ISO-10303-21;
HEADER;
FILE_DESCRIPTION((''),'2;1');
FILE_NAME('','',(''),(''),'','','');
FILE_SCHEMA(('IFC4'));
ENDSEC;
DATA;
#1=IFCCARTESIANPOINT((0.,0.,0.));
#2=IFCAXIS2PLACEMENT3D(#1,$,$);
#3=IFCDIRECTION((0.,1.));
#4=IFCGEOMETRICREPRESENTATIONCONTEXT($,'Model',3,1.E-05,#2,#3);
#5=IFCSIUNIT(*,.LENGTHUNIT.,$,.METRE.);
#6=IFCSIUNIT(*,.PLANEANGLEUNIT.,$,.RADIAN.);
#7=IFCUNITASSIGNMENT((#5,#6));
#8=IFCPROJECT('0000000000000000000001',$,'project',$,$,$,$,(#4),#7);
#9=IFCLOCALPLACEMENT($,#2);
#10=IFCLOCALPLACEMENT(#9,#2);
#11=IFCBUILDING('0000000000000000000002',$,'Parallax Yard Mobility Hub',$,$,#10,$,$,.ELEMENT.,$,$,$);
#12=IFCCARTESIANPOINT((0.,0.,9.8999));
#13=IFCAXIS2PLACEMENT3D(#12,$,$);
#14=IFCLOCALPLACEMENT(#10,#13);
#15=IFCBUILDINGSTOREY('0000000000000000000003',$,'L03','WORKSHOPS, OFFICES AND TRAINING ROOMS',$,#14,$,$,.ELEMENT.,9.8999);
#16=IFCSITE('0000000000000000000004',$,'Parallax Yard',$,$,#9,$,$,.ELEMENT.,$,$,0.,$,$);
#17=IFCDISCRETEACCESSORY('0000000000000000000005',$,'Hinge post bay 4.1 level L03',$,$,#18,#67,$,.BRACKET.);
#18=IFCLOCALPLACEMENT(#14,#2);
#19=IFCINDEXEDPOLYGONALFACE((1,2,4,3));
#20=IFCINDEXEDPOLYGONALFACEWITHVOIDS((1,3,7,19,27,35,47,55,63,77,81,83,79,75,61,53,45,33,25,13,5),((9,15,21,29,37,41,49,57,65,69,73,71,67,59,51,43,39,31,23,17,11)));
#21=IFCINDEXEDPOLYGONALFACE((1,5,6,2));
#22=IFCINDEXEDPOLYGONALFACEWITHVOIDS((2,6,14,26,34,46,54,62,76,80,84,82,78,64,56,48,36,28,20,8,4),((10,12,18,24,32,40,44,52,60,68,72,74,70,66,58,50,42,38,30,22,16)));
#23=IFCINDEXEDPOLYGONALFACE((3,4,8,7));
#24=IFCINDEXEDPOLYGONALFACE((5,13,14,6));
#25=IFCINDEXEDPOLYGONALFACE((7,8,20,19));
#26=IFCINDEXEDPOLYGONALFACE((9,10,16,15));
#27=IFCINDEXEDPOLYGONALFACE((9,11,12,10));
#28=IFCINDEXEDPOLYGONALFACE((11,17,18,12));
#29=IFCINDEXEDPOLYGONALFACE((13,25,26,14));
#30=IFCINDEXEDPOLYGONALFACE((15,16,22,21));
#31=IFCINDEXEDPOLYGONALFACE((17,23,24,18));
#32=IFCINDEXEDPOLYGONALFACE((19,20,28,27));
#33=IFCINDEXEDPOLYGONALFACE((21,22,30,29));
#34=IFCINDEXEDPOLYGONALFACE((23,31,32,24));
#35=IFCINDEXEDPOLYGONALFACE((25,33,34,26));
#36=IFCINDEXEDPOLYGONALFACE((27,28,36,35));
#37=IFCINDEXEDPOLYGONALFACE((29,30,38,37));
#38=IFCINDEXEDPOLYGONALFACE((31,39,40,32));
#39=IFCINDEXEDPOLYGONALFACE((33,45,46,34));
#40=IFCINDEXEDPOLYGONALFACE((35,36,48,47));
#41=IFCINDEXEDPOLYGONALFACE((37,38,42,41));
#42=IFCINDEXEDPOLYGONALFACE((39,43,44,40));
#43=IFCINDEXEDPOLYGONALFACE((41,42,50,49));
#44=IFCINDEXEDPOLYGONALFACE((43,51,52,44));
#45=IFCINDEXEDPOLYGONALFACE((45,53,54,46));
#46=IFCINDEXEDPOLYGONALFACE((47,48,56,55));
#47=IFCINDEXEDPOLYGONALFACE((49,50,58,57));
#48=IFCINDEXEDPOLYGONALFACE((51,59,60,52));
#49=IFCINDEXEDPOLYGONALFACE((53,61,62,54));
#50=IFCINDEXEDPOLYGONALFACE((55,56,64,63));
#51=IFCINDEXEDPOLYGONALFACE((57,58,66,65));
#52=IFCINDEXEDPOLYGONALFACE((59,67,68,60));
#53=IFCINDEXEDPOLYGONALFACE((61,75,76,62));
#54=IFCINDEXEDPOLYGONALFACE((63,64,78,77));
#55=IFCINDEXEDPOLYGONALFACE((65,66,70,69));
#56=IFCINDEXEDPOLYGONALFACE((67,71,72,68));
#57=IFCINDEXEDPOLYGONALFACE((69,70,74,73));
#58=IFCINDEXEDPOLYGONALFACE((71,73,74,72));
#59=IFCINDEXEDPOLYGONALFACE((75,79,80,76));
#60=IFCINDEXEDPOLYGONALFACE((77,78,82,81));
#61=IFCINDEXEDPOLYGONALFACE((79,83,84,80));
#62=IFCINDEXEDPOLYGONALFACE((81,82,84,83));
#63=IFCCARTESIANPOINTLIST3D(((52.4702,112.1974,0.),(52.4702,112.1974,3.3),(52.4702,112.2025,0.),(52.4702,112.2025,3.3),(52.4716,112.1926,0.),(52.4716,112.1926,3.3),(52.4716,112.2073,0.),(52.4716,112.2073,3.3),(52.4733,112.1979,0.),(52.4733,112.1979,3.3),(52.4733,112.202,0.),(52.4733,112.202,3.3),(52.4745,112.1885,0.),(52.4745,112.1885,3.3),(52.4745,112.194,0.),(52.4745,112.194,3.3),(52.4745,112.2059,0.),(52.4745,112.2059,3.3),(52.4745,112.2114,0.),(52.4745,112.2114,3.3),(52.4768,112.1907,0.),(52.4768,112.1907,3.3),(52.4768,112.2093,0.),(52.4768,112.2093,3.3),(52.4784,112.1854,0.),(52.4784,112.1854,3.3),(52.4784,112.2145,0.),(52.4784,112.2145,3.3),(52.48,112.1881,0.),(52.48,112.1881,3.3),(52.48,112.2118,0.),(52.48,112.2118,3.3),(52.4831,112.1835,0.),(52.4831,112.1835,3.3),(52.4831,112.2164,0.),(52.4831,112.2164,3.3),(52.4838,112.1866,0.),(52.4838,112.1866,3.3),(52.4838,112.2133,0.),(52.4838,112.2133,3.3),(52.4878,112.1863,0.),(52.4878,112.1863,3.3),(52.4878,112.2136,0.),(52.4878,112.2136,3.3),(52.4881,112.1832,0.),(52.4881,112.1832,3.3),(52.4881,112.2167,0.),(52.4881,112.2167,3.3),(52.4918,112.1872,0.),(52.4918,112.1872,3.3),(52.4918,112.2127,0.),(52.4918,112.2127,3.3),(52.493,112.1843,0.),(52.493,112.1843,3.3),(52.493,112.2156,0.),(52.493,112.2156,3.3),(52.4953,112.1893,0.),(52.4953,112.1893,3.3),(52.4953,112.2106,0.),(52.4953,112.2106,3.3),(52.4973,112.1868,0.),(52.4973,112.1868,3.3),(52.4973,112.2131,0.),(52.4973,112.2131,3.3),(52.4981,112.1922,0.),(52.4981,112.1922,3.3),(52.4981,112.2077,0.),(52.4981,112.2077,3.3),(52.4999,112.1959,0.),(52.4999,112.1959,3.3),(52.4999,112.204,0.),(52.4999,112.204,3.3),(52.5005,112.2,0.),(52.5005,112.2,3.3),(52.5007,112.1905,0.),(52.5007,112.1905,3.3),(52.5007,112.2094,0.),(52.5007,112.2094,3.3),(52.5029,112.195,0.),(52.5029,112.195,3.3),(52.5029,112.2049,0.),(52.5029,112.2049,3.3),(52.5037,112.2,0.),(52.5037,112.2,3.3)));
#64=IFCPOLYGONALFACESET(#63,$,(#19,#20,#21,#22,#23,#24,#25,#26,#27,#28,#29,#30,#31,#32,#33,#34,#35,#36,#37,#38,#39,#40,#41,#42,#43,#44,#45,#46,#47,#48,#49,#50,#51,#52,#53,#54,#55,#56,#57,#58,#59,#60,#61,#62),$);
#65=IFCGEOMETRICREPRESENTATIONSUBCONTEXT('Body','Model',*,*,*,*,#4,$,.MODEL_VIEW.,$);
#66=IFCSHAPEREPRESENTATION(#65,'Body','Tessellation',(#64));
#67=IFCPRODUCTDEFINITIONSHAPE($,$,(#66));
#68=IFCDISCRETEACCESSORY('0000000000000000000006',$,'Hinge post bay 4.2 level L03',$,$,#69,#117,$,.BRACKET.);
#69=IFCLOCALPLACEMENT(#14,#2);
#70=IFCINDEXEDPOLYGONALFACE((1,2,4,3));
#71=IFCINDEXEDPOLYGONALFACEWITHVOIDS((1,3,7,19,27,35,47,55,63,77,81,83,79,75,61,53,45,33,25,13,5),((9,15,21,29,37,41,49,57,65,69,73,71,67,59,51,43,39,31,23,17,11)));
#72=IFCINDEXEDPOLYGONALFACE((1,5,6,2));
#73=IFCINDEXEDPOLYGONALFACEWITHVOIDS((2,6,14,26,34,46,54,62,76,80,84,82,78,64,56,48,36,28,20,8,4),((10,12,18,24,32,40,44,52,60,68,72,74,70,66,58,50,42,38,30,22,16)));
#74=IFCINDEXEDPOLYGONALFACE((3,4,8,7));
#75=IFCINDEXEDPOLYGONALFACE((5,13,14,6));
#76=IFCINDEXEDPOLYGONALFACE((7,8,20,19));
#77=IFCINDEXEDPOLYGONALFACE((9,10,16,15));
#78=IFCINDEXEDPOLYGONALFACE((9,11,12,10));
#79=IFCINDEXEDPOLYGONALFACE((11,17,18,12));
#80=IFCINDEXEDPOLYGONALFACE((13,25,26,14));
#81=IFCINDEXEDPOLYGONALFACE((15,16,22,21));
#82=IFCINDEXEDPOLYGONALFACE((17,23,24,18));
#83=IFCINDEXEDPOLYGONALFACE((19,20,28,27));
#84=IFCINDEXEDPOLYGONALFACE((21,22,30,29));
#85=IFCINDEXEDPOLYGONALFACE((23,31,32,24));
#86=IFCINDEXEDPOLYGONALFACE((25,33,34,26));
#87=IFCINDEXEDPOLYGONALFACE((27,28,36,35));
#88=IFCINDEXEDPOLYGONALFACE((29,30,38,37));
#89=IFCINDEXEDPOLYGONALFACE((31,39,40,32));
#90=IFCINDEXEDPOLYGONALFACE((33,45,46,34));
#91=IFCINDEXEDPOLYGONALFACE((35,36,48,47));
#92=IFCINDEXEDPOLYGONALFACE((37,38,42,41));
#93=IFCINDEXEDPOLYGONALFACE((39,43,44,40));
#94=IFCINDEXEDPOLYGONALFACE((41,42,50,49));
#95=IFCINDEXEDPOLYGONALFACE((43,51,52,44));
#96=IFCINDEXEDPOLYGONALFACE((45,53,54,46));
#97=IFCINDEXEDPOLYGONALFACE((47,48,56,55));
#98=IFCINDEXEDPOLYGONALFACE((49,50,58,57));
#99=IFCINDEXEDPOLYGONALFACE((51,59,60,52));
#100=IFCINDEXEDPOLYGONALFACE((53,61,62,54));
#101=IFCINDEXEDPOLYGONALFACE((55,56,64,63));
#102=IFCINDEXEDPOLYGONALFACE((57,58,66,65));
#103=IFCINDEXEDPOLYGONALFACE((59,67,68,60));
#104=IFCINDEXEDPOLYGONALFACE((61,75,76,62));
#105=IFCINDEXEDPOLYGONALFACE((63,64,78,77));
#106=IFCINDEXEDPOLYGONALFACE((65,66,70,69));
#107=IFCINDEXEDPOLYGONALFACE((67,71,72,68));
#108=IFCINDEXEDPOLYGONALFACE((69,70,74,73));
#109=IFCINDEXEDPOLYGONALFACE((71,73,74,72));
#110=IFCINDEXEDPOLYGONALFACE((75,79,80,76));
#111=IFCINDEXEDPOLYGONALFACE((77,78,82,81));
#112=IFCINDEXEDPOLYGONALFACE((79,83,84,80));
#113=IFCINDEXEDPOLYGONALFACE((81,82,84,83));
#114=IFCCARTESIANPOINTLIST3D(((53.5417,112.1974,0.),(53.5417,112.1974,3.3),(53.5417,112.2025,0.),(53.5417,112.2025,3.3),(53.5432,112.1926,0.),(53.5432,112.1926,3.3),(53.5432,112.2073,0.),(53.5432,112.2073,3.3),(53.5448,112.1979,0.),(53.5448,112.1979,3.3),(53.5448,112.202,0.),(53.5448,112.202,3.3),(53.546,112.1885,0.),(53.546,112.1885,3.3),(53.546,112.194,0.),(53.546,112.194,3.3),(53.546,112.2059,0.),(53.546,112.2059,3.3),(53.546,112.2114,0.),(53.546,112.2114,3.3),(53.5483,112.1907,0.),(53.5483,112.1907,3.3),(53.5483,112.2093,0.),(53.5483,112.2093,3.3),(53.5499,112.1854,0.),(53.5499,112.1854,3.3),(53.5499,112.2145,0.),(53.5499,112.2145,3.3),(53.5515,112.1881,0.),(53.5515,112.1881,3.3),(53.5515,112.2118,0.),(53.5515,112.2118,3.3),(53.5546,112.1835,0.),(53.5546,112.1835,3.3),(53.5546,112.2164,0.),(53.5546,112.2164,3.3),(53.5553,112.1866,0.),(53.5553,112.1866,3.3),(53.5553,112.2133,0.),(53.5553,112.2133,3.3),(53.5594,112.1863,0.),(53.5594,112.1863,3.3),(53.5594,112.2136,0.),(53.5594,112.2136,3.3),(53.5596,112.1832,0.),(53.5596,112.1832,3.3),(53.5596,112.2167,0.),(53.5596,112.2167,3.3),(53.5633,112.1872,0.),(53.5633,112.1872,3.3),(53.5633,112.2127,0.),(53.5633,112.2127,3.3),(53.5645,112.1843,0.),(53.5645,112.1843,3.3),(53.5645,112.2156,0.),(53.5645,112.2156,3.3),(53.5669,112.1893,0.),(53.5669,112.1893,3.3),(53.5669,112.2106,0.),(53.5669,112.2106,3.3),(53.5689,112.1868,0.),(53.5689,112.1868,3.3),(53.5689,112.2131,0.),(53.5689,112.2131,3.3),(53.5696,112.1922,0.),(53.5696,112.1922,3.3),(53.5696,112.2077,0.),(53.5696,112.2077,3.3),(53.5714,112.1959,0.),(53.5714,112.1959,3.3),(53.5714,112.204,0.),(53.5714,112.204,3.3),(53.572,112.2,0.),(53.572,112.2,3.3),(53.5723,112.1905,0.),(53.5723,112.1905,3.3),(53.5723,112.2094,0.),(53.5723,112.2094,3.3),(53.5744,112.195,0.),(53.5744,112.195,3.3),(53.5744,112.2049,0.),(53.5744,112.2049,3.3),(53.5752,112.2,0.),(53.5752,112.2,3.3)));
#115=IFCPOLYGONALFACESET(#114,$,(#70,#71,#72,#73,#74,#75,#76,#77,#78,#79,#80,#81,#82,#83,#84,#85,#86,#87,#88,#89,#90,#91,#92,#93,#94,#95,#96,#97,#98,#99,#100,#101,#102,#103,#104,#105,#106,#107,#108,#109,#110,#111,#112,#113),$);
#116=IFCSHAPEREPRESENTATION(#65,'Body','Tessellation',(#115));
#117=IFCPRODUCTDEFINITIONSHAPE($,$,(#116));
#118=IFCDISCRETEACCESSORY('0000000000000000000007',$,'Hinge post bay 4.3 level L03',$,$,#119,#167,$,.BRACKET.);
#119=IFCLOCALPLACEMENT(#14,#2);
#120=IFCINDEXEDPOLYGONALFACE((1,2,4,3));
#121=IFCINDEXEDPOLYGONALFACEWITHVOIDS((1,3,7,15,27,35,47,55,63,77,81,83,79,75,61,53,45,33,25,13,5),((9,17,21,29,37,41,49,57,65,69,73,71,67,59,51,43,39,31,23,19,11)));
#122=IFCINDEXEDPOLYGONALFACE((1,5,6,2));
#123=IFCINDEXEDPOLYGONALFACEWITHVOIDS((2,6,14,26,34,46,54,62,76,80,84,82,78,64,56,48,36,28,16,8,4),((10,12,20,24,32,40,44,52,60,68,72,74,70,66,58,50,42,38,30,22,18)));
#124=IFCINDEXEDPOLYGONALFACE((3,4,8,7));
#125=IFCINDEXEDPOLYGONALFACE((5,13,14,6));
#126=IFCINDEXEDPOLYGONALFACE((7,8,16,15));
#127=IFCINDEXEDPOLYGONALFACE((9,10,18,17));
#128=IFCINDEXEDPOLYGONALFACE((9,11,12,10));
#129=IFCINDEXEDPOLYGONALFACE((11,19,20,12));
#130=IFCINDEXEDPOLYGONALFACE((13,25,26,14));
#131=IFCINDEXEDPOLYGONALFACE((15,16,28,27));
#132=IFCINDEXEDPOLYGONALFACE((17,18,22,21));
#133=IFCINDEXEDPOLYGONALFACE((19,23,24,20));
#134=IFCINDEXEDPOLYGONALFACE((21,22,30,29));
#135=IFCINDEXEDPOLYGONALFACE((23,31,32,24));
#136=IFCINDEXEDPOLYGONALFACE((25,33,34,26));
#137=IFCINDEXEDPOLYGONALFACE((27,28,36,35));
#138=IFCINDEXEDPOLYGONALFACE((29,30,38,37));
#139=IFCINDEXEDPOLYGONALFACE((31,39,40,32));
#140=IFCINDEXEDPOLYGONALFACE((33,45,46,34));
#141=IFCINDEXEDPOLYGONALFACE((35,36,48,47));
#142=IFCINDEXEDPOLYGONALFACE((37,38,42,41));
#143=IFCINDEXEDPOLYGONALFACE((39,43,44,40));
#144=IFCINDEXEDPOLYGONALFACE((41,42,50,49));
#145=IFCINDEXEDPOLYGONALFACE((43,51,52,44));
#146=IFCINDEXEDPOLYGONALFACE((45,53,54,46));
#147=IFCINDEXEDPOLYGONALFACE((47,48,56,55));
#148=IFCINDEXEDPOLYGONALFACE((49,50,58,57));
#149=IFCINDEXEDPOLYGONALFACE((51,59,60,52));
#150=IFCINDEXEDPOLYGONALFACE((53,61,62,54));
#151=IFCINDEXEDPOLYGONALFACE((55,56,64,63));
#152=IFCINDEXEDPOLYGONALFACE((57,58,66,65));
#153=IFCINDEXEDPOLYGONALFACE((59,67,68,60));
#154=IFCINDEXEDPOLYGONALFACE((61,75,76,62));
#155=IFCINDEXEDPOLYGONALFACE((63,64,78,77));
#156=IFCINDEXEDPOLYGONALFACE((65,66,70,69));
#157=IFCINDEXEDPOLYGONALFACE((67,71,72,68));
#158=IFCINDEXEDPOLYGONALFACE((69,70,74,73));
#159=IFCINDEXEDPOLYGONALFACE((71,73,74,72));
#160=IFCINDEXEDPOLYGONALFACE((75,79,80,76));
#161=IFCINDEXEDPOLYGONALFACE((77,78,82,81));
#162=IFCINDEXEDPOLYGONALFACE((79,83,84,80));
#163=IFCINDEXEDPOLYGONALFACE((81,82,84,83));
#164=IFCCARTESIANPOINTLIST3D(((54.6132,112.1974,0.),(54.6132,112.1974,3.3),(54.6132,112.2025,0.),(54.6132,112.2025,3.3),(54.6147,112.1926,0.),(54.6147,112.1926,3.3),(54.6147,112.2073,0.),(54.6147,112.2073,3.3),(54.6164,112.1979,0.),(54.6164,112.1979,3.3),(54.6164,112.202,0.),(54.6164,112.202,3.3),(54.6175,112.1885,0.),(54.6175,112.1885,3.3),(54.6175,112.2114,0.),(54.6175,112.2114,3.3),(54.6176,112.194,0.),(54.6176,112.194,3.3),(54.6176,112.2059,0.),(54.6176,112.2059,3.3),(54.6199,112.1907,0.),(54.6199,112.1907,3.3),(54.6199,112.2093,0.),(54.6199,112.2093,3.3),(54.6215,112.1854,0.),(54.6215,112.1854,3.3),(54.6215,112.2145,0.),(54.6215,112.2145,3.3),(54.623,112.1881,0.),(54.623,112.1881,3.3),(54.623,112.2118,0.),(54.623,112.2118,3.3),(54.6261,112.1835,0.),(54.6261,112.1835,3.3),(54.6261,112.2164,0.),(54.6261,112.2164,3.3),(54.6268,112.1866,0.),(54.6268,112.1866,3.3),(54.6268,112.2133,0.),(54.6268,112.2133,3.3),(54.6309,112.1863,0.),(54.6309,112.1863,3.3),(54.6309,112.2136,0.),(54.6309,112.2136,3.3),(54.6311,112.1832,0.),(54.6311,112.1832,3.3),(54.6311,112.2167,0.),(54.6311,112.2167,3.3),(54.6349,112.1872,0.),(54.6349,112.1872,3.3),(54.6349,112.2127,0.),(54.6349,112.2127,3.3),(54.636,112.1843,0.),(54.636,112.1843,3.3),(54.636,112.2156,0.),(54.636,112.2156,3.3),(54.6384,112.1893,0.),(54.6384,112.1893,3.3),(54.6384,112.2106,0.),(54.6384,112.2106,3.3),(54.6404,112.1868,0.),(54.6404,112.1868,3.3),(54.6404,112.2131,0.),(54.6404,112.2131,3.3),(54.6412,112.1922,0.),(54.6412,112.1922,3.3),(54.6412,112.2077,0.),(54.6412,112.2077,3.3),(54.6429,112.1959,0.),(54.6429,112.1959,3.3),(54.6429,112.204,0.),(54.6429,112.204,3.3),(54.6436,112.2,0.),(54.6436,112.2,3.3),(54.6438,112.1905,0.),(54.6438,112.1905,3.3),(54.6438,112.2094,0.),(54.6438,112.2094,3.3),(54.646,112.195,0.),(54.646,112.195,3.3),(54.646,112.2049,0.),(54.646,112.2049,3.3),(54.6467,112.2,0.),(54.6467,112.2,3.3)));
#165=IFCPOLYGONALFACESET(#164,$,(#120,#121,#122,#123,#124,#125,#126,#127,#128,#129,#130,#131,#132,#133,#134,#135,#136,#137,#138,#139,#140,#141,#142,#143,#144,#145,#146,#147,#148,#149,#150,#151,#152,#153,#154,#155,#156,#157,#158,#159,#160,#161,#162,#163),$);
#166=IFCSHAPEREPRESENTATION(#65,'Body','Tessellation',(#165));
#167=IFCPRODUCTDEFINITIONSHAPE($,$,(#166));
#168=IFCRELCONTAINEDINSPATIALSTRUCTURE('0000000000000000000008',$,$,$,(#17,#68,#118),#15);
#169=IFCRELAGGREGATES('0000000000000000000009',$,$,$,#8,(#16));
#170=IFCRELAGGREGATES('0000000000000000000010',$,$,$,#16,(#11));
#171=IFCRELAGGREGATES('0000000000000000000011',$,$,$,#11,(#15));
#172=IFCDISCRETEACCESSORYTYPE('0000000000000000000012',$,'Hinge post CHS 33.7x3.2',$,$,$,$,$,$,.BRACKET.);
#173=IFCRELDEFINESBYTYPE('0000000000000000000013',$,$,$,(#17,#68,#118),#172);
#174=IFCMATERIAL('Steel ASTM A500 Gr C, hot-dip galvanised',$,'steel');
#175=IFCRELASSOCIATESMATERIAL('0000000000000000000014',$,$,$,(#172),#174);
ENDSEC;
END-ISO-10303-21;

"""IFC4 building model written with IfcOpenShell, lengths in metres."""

from ifc_helpers import new_model, si_unit, direction, frame, origin, origin_2d, place, context, subcontext, project, spatial, hollow_circle, extrude, material, material_profile, profile_set, type_object, element, save


model = new_model("IFC4")

# Units and contexts
model_context = context("Model", 3, precision=1e-05, world=origin(), true_north=direction((0.0, 1.0)))
body_context = subcontext(model_context, "Body", "Model", "MODEL_VIEW")
ifc_project = project(units=[si_unit("LENGTHUNIT", "METRE"), si_unit("PLANEANGLEUNIT", "RADIAN")], contexts=[model_context])

# Site, building, storey
site_placement = place(None, origin())
site = spatial("IfcSite", under=ifc_project, at=site_placement, Name="Parallax Yard", CompositionType="ELEMENT", RefElevation=0.0)
building_placement = place(site_placement, origin())
building = spatial("IfcBuilding", under=site, at=building_placement, Name="Parallax Yard Mobility Hub", CompositionType="ELEMENT")
storey_placement = place(building_placement, frame((0.0, 0.0, 9.8999)))
storey = spatial("IfcBuildingStorey", under=building, at=storey_placement, Name="L03", Description="WORKSHOPS, OFFICES AND TRAINING ROOMS", CompositionType="ELEMENT", Elevation=9.8999)

# Discrete accessories
ifc_material_1 = material(Name="Steel ASTM A500 Gr C, hot-dip galvanised", Category="steel")
ifc_material_profile_1 = material_profile(ifc_material_1, hollow_circle(Radius=0.0168, WallThickness=0.0032, at=origin_2d()), Name="CHS 33.7x3.2")
ifc_profile_set_1 = profile_set([ifc_material_profile_1], Name="Steel ASTM A500 Gr C, hot-dip galvanised")
discrete_accessory_type_1 = type_object("IfcDiscreteAccessoryType", Name="Hinge post CHS 33.7x3.2", PredefinedType="BRACKET", material=ifc_profile_set_1)
for number, where, z_axis, x_axis, name in (
    (1, (52.4868, 112.2, 0.0), (0.0, 0.0, 1.0), (1.0, 0.0, 0.0), "Hinge post bay 4.1 level L03"),
    (2, (53.5583, 112.2, 0.0), (0.0, 0.0, 1.0), (1.0, 0.0, 0.0), "Hinge post bay 4.2 level L03"),
    (3, (54.6299, 112.2, 0.0), (0.0, 0.0, 1.0), (1.0, 0.0, 0.0), "Hinge post bay 4.3 level L03"),
):
    element("IfcDiscreteAccessory", number, at=place(storey_placement, frame(where, z_axis=z_axis, x_axis=x_axis)), inside=storey, type_object=discrete_accessory_type_1, Name=name, PredefinedType="BRACKET", context=body_context, shape_type="SweptSolid", body=[
        extrude(hollow_circle(Radius=0.0168, WallThickness=0.0032, at=origin_2d()), origin(), (0.0, 0.0, 1.0), 3.3),
    ])

save(model, "model.ifc")
